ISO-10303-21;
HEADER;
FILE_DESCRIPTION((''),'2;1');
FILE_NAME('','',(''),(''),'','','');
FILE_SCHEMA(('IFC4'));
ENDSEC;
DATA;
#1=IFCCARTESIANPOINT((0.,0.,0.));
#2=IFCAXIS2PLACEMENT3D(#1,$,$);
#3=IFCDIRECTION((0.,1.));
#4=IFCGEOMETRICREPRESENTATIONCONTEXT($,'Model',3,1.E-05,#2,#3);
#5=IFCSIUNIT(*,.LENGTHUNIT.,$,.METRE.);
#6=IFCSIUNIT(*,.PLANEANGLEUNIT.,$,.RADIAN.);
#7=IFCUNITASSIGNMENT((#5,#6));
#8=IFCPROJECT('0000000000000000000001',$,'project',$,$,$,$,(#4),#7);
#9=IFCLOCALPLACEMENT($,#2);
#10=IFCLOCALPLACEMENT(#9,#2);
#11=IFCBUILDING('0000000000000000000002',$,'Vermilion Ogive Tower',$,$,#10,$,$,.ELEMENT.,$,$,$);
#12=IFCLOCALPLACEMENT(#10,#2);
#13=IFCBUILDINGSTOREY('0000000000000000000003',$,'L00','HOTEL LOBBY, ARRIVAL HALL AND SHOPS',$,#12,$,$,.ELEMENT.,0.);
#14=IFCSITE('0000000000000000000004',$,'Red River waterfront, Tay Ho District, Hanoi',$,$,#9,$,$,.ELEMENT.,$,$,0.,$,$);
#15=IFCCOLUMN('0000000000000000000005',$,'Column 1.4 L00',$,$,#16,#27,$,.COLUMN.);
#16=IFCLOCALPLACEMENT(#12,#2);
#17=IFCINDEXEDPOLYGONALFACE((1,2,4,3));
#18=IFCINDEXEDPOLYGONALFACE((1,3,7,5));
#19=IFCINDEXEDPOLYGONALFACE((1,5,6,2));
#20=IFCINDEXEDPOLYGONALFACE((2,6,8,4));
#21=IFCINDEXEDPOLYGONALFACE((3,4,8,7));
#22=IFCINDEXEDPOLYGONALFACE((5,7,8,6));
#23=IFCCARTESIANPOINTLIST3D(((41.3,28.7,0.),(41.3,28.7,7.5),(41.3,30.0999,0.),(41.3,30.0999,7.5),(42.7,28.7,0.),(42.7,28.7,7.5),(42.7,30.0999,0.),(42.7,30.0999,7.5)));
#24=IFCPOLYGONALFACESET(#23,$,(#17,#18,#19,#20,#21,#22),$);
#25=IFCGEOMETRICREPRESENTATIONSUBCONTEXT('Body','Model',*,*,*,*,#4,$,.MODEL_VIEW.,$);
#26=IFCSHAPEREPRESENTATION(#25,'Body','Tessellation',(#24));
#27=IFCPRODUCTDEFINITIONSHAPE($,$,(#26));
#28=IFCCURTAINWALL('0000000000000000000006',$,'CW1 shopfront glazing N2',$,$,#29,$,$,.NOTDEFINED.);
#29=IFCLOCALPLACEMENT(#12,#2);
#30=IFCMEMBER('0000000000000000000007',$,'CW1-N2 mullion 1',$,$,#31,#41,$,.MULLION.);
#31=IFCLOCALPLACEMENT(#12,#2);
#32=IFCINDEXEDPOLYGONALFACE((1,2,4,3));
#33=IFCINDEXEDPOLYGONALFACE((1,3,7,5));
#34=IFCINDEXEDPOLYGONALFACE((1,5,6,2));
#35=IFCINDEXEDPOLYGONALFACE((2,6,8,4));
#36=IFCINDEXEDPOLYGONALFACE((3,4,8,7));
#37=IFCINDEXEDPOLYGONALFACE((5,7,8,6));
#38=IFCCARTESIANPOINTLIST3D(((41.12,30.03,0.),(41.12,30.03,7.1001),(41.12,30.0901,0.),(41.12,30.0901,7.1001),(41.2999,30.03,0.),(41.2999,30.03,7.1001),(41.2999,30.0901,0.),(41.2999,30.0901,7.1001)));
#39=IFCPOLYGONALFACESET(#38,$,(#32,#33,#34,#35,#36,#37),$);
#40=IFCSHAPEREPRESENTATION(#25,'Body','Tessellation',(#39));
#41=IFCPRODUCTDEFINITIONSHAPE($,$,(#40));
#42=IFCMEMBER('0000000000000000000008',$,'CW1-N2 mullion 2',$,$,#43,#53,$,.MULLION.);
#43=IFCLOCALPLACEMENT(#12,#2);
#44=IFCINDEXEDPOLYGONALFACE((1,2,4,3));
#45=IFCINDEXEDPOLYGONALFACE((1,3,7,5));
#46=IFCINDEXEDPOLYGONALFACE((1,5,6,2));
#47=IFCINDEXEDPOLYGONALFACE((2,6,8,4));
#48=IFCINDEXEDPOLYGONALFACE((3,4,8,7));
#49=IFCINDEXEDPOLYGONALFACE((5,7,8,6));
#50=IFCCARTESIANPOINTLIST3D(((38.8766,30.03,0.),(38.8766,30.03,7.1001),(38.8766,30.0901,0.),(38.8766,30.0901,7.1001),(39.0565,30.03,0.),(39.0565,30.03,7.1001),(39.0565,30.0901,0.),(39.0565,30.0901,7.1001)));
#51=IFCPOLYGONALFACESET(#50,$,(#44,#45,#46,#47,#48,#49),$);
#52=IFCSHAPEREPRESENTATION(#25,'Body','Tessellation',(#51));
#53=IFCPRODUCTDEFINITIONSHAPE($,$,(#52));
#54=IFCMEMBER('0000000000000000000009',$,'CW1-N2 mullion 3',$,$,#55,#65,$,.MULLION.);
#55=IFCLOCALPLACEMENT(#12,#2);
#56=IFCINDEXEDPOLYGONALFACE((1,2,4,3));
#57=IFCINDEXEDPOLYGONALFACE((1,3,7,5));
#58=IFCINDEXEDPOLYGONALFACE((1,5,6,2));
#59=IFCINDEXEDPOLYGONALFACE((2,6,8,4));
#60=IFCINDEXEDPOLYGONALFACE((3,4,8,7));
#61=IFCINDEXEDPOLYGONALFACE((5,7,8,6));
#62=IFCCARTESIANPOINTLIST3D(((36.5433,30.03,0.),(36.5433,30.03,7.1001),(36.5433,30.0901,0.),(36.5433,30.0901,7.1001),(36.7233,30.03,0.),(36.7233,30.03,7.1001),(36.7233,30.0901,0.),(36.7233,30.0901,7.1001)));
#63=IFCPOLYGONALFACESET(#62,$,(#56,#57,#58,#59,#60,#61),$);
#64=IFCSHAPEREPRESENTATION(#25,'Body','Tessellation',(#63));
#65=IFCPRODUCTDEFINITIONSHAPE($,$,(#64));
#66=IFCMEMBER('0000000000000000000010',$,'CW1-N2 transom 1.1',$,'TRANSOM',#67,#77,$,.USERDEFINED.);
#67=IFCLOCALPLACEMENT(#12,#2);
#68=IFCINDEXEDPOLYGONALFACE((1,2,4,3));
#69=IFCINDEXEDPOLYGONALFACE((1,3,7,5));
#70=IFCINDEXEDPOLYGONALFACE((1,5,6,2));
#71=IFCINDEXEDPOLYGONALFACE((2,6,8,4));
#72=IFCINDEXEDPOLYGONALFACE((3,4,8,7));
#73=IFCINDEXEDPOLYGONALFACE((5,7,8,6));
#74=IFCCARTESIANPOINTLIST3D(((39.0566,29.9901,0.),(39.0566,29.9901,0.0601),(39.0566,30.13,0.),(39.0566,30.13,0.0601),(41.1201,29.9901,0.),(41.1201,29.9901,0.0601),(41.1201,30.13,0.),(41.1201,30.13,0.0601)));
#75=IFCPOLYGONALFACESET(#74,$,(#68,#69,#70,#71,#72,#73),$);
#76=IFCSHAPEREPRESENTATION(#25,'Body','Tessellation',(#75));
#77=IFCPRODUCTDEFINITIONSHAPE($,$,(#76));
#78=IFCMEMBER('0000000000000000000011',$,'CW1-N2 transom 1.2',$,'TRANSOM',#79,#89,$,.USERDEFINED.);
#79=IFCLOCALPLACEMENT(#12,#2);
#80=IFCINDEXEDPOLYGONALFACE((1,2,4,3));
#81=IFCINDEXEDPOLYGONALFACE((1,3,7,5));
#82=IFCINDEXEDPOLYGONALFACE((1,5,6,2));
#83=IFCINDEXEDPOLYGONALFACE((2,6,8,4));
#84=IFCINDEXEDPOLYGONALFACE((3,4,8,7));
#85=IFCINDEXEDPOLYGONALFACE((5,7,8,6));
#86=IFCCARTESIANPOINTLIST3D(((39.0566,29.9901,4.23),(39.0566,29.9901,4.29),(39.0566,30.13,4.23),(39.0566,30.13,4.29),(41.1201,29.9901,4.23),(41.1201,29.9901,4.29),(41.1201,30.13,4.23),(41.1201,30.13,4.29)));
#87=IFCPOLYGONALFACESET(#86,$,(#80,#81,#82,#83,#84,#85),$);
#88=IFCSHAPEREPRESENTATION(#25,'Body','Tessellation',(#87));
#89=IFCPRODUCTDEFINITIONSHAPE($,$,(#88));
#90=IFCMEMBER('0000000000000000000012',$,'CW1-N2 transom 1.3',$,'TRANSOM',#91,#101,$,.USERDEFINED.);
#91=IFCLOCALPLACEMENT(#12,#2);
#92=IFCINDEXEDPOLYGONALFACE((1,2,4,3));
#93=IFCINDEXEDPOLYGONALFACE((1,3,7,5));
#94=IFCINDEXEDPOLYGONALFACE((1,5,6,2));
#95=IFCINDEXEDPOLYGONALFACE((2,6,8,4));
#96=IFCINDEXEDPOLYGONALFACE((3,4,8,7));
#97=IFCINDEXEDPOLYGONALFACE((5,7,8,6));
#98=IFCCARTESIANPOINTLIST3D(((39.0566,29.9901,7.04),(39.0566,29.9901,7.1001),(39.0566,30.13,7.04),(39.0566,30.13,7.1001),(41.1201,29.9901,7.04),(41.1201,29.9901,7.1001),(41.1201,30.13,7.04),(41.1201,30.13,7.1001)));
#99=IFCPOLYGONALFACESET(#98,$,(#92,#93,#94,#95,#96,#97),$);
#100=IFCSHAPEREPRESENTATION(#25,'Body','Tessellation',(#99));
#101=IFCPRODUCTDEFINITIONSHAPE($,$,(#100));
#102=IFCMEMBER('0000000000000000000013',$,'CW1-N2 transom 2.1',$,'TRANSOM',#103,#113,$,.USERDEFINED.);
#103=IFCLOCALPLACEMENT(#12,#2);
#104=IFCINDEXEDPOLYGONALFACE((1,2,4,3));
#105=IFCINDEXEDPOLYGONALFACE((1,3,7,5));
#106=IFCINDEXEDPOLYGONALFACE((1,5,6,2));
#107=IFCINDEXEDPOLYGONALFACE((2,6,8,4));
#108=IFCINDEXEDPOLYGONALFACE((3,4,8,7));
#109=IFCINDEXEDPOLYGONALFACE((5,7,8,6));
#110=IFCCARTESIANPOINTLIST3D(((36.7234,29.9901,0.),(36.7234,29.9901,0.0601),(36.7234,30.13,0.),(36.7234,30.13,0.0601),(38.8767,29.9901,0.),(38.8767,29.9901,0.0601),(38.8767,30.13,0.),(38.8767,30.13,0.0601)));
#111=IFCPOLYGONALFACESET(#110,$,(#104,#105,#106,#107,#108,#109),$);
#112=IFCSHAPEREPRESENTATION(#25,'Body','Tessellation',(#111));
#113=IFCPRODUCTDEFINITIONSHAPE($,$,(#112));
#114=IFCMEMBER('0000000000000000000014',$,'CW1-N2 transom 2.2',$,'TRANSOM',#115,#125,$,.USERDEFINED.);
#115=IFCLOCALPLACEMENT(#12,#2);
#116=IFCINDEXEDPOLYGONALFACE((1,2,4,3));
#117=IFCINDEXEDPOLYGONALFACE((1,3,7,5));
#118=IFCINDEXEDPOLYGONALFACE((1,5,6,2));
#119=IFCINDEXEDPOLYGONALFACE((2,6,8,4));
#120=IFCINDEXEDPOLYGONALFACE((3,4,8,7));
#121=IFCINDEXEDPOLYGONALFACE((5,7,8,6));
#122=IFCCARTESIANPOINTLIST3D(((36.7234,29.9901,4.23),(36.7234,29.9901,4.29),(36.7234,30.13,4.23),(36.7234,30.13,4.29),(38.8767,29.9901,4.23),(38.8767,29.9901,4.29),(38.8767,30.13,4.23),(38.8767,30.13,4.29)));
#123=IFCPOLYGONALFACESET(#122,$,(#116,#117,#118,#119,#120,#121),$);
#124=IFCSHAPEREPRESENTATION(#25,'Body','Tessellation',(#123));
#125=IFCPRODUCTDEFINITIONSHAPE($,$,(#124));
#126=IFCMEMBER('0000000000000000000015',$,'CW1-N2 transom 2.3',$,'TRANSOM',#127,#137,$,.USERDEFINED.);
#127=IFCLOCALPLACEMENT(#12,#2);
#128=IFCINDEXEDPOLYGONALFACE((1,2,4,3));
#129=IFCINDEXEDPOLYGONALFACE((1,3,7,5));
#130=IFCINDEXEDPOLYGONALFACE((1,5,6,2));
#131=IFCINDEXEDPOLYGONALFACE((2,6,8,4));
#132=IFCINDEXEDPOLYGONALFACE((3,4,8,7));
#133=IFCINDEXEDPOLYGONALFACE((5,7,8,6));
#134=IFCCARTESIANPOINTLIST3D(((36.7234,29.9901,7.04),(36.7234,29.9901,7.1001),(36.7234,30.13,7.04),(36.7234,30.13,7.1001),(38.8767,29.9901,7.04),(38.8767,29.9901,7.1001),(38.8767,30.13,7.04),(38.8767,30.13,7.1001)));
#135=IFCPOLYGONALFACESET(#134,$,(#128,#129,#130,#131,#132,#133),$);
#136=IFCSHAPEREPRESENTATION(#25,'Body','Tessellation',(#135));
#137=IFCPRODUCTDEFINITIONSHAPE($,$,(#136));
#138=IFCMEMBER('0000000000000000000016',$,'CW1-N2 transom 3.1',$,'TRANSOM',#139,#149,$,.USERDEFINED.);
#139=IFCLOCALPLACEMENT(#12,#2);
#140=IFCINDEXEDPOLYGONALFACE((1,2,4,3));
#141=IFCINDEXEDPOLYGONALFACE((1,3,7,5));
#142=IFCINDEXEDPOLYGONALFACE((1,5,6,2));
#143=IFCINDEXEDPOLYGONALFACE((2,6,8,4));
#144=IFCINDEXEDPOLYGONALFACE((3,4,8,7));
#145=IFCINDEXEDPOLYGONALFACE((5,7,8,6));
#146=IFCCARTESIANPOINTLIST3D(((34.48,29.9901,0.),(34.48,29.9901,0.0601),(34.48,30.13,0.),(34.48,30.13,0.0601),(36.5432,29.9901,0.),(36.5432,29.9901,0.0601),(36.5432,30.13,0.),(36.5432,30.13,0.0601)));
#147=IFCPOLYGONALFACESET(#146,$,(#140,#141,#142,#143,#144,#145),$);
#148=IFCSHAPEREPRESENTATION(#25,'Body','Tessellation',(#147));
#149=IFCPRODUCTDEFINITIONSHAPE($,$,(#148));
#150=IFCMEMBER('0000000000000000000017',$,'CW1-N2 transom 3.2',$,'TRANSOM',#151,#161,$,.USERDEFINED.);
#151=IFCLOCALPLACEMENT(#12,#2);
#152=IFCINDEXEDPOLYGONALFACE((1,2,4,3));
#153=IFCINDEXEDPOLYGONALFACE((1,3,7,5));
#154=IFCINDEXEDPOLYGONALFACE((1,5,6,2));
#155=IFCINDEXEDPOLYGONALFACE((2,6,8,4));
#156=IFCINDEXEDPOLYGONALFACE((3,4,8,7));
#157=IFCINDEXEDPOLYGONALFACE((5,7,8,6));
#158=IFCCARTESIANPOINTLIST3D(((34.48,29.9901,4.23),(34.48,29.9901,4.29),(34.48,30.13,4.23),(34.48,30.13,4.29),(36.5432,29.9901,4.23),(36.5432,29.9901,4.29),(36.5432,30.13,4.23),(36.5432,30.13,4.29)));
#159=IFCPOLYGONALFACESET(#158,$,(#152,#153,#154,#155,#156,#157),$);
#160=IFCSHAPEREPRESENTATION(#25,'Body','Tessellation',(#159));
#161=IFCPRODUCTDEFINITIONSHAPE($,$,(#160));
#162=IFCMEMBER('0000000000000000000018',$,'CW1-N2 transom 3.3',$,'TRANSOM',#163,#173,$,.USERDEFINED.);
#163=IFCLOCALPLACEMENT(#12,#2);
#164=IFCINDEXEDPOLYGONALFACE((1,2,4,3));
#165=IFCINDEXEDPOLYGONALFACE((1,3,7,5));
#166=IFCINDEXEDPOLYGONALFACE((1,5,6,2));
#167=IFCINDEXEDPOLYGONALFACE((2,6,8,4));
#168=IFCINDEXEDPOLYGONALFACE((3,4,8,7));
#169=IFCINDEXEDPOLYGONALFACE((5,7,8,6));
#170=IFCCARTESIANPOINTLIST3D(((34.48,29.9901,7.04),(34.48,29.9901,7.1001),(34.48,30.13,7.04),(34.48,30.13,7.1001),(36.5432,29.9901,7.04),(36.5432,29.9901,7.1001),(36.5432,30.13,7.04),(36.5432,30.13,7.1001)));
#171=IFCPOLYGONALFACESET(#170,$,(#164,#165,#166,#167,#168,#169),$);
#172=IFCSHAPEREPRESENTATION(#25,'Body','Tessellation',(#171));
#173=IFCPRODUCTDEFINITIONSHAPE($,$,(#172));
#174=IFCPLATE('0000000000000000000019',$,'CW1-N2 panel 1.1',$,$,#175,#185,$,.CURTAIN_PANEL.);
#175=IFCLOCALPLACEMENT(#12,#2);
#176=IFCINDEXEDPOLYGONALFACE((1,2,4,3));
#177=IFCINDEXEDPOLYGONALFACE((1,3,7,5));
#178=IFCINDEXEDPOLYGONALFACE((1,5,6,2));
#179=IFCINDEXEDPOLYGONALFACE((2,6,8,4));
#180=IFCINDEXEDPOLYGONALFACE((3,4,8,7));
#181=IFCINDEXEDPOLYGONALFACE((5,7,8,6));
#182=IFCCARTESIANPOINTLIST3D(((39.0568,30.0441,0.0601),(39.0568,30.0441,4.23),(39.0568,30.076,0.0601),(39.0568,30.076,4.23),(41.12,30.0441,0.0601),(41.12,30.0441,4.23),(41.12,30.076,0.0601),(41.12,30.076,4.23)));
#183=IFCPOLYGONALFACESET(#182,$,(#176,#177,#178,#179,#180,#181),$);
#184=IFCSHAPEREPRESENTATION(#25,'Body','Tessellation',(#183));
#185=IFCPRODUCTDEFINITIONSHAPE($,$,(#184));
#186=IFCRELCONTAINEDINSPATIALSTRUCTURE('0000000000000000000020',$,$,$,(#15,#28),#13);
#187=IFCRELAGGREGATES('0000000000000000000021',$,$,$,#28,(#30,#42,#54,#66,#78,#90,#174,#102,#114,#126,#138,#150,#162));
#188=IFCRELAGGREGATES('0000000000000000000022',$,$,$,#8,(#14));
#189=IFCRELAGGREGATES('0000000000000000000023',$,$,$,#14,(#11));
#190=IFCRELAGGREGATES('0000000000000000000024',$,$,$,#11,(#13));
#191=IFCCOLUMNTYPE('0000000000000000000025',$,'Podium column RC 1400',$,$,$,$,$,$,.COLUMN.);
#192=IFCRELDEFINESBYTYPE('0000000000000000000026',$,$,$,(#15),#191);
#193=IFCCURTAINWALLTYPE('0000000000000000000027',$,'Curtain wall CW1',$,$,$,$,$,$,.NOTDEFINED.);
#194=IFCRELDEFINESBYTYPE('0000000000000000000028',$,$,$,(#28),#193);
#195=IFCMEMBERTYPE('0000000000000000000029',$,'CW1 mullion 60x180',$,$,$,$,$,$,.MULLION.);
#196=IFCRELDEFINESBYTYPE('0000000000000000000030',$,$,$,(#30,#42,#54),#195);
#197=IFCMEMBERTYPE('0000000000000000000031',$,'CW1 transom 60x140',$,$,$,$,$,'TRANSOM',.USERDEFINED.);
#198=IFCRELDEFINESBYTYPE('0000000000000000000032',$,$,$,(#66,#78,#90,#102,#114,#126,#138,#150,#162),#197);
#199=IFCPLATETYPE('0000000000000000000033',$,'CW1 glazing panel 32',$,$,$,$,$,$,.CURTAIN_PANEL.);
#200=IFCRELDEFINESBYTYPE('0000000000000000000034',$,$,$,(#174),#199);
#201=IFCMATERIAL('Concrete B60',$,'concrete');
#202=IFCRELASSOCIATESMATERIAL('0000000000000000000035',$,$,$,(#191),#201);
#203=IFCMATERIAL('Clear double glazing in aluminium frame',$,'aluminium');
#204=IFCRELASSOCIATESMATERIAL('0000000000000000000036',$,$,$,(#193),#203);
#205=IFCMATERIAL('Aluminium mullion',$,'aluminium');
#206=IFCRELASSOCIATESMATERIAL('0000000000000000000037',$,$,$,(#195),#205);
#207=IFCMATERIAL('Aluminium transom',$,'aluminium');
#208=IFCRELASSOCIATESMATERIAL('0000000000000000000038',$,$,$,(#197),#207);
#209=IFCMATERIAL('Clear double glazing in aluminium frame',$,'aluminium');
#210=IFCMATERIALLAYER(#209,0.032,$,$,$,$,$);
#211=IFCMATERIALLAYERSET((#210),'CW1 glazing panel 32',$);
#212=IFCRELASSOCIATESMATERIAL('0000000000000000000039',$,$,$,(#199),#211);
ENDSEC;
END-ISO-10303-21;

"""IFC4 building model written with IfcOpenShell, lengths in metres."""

from ifc_helpers import new_model, si_unit, direction, frame, origin, origin_2d, place, context, subcontext, project, spatial, rectangle, extrude, material, layer, layer_set, material_profile, profile_set, type_object, element, aggregate, save


model = new_model("IFC4")

# Units and contexts
model_context = context("Model", 3, precision=1e-05, world=origin(), true_north=direction((0.0, 1.0)))
body_context = subcontext(model_context, "Body", "Model", "MODEL_VIEW")
ifc_project = project(units=[si_unit("LENGTHUNIT", "METRE"), si_unit("PLANEANGLEUNIT", "RADIAN")], contexts=[model_context])

# Site, building, storey
site_placement = place(None, origin())
site = spatial("IfcSite", under=ifc_project, at=site_placement, Name="Red River waterfront, Tay Ho District, Hanoi", CompositionType="ELEMENT", RefElevation=0.0)
building_placement = place(site_placement, origin())
building = spatial("IfcBuilding", under=site, at=building_placement, Name="Vermilion Ogive Tower", CompositionType="ELEMENT")
storey_placement = place(building_placement, origin())
storey = spatial("IfcBuildingStorey", under=building, at=storey_placement, Name="L00", Description="HOTEL LOBBY, ARRIVAL HALL AND SHOPS", CompositionType="ELEMENT", Elevation=0.0)

# Column
ifc_material_1 = material(Name="Concrete B60", Category="concrete")
ifc_material_profile_1 = material_profile(ifc_material_1, rectangle(XDim=1.3999, YDim=1.3999, at=origin_2d()), Name="RC 1400x1400")
ifc_profile_set_1 = profile_set([ifc_material_profile_1], Name="Concrete B60")
column_type = type_object("IfcColumnType", Name="Podium column RC 1400", PredefinedType="COLUMN", material=ifc_profile_set_1)
column_placement = place(storey_placement, frame((42.0, 29.3999, 0.0), z_axis=(0.0, 0.0, 1.0), x_axis=(1.0, 0.0, 0.0)))
element("IfcColumn", 1, at=column_placement, inside=storey, type_object=column_type, Name="Column 1.4 L00", PredefinedType="COLUMN", context=body_context, shape_type="SweptSolid", body=[
    extrude(rectangle(XDim=1.3999, YDim=1.3999, at=origin_2d()), origin(), (0.0, 0.0, 1.0), 7.5),
])

# Curtain wall, members, plate
ifc_material_2 = material(Name="Clear double glazing in aluminium frame", Category="aluminium")
curtain_wall_type = type_object("IfcCurtainWallType", Name="Curtain wall CW1", PredefinedType="NOTDEFINED", material=ifc_material_2)
curtain_wall_placement = place(storey_placement, origin())
curtain_wall = element("IfcCurtainWall", 2, at=curtain_wall_placement, inside=storey, type_object=curtain_wall_type, Name="CW1 shopfront glazing N2", PredefinedType="NOTDEFINED")
ifc_material_3 = material(Name="Aluminium mullion", Category="aluminium")
ifc_material_profile_2 = material_profile(ifc_material_3, rectangle(XDim=0.0601, YDim=0.1799, at=origin_2d()), Name="AL 60x180")
ifc_profile_set_2 = profile_set([ifc_material_profile_2], Name="Aluminium mullion")
member_type_1 = type_object("IfcMemberType", Name="CW1 mullion 60x180", PredefinedType="MULLION", material=ifc_profile_set_2)
member_1_placement = place(storey_placement, frame((41.21, 30.0601, 0.0), z_axis=(0.0, 0.0, 1.0), x_axis=(0.0, -1.0, 0.0)))
member_1 = element("IfcMember", 3, at=member_1_placement, type_object=member_type_1, Name="CW1-N2 mullion 1", PredefinedType="MULLION", context=body_context, shape_type="SweptSolid", body=[
    extrude(rectangle(XDim=0.0601, YDim=0.1799, at=origin_2d()), origin(), (0.0, 0.0, 1.0), 7.1001),
])
member_2_placement = place(storey_placement, frame((38.9666, 30.0601, 0.0), z_axis=(0.0, 0.0, 1.0), x_axis=(0.0, -1.0, 0.0)))
member_2 = element("IfcMember", 4, at=member_2_placement, type_object=member_type_1, Name="CW1-N2 mullion 2", PredefinedType="MULLION", context=body_context, shape_type="SweptSolid", body=[
    extrude(rectangle(XDim=0.0601, YDim=0.1799, at=origin_2d()), origin(), (0.0, 0.0, 1.0), 7.1001),
])
member_3_placement = place(storey_placement, frame((36.6333, 30.0601, 0.0), z_axis=(0.0, 0.0, 1.0), x_axis=(0.0, -1.0, 0.0)))
member_3 = element("IfcMember", 5, at=member_3_placement, type_object=member_type_1, Name="CW1-N2 mullion 3", PredefinedType="MULLION", context=body_context, shape_type="SweptSolid", body=[
    extrude(rectangle(XDim=0.0601, YDim=0.1799, at=origin_2d()), origin(), (0.0, 0.0, 1.0), 7.1001),
])
ifc_material_4 = material(Name="Aluminium transom", Category="aluminium")
ifc_material_profile_3 = material_profile(ifc_material_4, rectangle(XDim=0.1399, YDim=0.0601, at=origin_2d()), Name="AL 60x140")
ifc_profile_set_3 = profile_set([ifc_material_profile_3], Name="Aluminium transom")
member_type_2 = type_object("IfcMemberType", Name="CW1 transom 60x140", ElementType="TRANSOM", PredefinedType="USERDEFINED", material=ifc_profile_set_3)
member_4_placement = place(storey_placement, frame((41.1201, 30.0601, 0.03), z_axis=(-1.0, 0.0, 0.0), x_axis=(0.0, -1.0, 0.0)))
member_4 = element("IfcMember", 6, at=member_4_placement, type_object=member_type_2, Name="CW1-N2 transom 1.1", ObjectType="TRANSOM", PredefinedType="USERDEFINED", context=body_context, shape_type="SweptSolid", body=[
    extrude(rectangle(XDim=0.1399, YDim=0.0601, at=origin_2d()), origin(), (0.0, 0.0, 1.0), 2.0635),
])
member_5_placement = place(storey_placement, frame((41.1201, 30.0601, 4.26), z_axis=(-1.0, 0.0, 0.0), x_axis=(0.0, -1.0, 0.0)))
member_5 = element("IfcMember", 7, at=member_5_placement, type_object=member_type_2, Name="CW1-N2 transom 1.2", ObjectType="TRANSOM", PredefinedType="USERDEFINED", context=body_context, shape_type="SweptSolid", body=[
    extrude(rectangle(XDim=0.1399, YDim=0.0601, at=origin_2d()), origin(), (0.0, 0.0, 1.0), 2.0635),
])
member_6_placement = place(storey_placement, frame((41.1201, 30.0601, 7.0701), z_axis=(-1.0, 0.0, 0.0), x_axis=(0.0, -1.0, 0.0)))
member_6 = element("IfcMember", 8, at=member_6_placement, type_object=member_type_2, Name="CW1-N2 transom 1.3", ObjectType="TRANSOM", PredefinedType="USERDEFINED", context=body_context, shape_type="SweptSolid", body=[
    extrude(rectangle(XDim=0.1399, YDim=0.0601, at=origin_2d()), origin(), (0.0, 0.0, 1.0), 2.0635),
])
member_7_placement = place(storey_placement, frame((38.8767, 30.0601, 0.03), z_axis=(-1.0, 0.0, 0.0), x_axis=(0.0, -1.0, 0.0)))
member_7 = element("IfcMember", 9, at=member_7_placement, type_object=member_type_2, Name="CW1-N2 transom 2.1", ObjectType="TRANSOM", PredefinedType="USERDEFINED", context=body_context, shape_type="SweptSolid", body=[
    extrude(rectangle(XDim=0.1399, YDim=0.0601, at=origin_2d()), origin(), (0.0, 0.0, 1.0), 2.1533),
])
member_8_placement = place(storey_placement, frame((38.8767, 30.0601, 4.26), z_axis=(-1.0, 0.0, 0.0), x_axis=(0.0, -1.0, 0.0)))
member_8 = element("IfcMember", 10, at=member_8_placement, type_object=member_type_2, Name="CW1-N2 transom 2.2", ObjectType="TRANSOM", PredefinedType="USERDEFINED", context=body_context, shape_type="SweptSolid", body=[
    extrude(rectangle(XDim=0.1399, YDim=0.0601, at=origin_2d()), origin(), (0.0, 0.0, 1.0), 2.1533),
])
member_9_placement = place(storey_placement, frame((38.8767, 30.0601, 7.0701), z_axis=(-1.0, 0.0, 0.0), x_axis=(0.0, -1.0, 0.0)))
member_9 = element("IfcMember", 11, at=member_9_placement, type_object=member_type_2, Name="CW1-N2 transom 2.3", ObjectType="TRANSOM", PredefinedType="USERDEFINED", context=body_context, shape_type="SweptSolid", body=[
    extrude(rectangle(XDim=0.1399, YDim=0.0601, at=origin_2d()), origin(), (0.0, 0.0, 1.0), 2.1533),
])
member_10_placement = place(storey_placement, frame((36.5432, 30.0601, 0.03), z_axis=(-1.0, 0.0, 0.0), x_axis=(0.0, -1.0, 0.0)))
member_10 = element("IfcMember", 12, at=member_10_placement, type_object=member_type_2, Name="CW1-N2 transom 3.1", ObjectType="TRANSOM", PredefinedType="USERDEFINED", context=body_context, shape_type="SweptSolid", body=[
    extrude(rectangle(XDim=0.1399, YDim=0.0601, at=origin_2d()), origin(), (0.0, 0.0, 1.0), 2.0632),
])
member_11_placement = place(storey_placement, frame((36.5432, 30.0601, 4.26), z_axis=(-1.0, 0.0, 0.0), x_axis=(0.0, -1.0, 0.0)))
member_11 = element("IfcMember", 13, at=member_11_placement, type_object=member_type_2, Name="CW1-N2 transom 3.2", ObjectType="TRANSOM", PredefinedType="USERDEFINED", context=body_context, shape_type="SweptSolid", body=[
    extrude(rectangle(XDim=0.1399, YDim=0.0601, at=origin_2d()), origin(), (0.0, 0.0, 1.0), 2.0632),
])
member_12_placement = place(storey_placement, frame((36.5432, 30.0601, 7.0701), z_axis=(-1.0, 0.0, 0.0), x_axis=(0.0, -1.0, 0.0)))
member_12 = element("IfcMember", 14, at=member_12_placement, type_object=member_type_2, Name="CW1-N2 transom 3.3", ObjectType="TRANSOM", PredefinedType="USERDEFINED", context=body_context, shape_type="SweptSolid", body=[
    extrude(rectangle(XDim=0.1399, YDim=0.0601, at=origin_2d()), origin(), (0.0, 0.0, 1.0), 2.0632),
])
ifc_material_5 = material(Name="Clear double glazing in aluminium frame", Category="aluminium")
ifc_layer_1 = layer(ifc_material_5, 0.032)
ifc_layer_set_1 = layer_set([ifc_layer_1], Name="CW1 glazing panel 32")
plate_type = type_object("IfcPlateType", Name="CW1 glazing panel 32", PredefinedType="CURTAIN_PANEL", material=ifc_layer_set_1)
plate_1_placement = place(storey_placement, frame((40.0884, 30.0601, 0.0601), z_axis=(0.0, 0.0, 1.0), x_axis=(-1.0, 0.0, 0.0)))
plate_1 = element("IfcPlate", 15, at=plate_1_placement, type_object=plate_type, Name="CW1-N2 panel 1.1", PredefinedType="CURTAIN_PANEL", context=body_context, shape_type="SweptSolid", body=[
    extrude(rectangle(XDim=2.0632, YDim=0.032, at=origin_2d()), origin(), (0.0, 0.0, 1.0), 4.1699),
])
aggregate(curtain_wall, [member_1, member_2, member_3, member_4, member_5, member_6, plate_1, member_7, member_8, member_9, member_10, member_11, member_12])

save(model, "model.ifc")
